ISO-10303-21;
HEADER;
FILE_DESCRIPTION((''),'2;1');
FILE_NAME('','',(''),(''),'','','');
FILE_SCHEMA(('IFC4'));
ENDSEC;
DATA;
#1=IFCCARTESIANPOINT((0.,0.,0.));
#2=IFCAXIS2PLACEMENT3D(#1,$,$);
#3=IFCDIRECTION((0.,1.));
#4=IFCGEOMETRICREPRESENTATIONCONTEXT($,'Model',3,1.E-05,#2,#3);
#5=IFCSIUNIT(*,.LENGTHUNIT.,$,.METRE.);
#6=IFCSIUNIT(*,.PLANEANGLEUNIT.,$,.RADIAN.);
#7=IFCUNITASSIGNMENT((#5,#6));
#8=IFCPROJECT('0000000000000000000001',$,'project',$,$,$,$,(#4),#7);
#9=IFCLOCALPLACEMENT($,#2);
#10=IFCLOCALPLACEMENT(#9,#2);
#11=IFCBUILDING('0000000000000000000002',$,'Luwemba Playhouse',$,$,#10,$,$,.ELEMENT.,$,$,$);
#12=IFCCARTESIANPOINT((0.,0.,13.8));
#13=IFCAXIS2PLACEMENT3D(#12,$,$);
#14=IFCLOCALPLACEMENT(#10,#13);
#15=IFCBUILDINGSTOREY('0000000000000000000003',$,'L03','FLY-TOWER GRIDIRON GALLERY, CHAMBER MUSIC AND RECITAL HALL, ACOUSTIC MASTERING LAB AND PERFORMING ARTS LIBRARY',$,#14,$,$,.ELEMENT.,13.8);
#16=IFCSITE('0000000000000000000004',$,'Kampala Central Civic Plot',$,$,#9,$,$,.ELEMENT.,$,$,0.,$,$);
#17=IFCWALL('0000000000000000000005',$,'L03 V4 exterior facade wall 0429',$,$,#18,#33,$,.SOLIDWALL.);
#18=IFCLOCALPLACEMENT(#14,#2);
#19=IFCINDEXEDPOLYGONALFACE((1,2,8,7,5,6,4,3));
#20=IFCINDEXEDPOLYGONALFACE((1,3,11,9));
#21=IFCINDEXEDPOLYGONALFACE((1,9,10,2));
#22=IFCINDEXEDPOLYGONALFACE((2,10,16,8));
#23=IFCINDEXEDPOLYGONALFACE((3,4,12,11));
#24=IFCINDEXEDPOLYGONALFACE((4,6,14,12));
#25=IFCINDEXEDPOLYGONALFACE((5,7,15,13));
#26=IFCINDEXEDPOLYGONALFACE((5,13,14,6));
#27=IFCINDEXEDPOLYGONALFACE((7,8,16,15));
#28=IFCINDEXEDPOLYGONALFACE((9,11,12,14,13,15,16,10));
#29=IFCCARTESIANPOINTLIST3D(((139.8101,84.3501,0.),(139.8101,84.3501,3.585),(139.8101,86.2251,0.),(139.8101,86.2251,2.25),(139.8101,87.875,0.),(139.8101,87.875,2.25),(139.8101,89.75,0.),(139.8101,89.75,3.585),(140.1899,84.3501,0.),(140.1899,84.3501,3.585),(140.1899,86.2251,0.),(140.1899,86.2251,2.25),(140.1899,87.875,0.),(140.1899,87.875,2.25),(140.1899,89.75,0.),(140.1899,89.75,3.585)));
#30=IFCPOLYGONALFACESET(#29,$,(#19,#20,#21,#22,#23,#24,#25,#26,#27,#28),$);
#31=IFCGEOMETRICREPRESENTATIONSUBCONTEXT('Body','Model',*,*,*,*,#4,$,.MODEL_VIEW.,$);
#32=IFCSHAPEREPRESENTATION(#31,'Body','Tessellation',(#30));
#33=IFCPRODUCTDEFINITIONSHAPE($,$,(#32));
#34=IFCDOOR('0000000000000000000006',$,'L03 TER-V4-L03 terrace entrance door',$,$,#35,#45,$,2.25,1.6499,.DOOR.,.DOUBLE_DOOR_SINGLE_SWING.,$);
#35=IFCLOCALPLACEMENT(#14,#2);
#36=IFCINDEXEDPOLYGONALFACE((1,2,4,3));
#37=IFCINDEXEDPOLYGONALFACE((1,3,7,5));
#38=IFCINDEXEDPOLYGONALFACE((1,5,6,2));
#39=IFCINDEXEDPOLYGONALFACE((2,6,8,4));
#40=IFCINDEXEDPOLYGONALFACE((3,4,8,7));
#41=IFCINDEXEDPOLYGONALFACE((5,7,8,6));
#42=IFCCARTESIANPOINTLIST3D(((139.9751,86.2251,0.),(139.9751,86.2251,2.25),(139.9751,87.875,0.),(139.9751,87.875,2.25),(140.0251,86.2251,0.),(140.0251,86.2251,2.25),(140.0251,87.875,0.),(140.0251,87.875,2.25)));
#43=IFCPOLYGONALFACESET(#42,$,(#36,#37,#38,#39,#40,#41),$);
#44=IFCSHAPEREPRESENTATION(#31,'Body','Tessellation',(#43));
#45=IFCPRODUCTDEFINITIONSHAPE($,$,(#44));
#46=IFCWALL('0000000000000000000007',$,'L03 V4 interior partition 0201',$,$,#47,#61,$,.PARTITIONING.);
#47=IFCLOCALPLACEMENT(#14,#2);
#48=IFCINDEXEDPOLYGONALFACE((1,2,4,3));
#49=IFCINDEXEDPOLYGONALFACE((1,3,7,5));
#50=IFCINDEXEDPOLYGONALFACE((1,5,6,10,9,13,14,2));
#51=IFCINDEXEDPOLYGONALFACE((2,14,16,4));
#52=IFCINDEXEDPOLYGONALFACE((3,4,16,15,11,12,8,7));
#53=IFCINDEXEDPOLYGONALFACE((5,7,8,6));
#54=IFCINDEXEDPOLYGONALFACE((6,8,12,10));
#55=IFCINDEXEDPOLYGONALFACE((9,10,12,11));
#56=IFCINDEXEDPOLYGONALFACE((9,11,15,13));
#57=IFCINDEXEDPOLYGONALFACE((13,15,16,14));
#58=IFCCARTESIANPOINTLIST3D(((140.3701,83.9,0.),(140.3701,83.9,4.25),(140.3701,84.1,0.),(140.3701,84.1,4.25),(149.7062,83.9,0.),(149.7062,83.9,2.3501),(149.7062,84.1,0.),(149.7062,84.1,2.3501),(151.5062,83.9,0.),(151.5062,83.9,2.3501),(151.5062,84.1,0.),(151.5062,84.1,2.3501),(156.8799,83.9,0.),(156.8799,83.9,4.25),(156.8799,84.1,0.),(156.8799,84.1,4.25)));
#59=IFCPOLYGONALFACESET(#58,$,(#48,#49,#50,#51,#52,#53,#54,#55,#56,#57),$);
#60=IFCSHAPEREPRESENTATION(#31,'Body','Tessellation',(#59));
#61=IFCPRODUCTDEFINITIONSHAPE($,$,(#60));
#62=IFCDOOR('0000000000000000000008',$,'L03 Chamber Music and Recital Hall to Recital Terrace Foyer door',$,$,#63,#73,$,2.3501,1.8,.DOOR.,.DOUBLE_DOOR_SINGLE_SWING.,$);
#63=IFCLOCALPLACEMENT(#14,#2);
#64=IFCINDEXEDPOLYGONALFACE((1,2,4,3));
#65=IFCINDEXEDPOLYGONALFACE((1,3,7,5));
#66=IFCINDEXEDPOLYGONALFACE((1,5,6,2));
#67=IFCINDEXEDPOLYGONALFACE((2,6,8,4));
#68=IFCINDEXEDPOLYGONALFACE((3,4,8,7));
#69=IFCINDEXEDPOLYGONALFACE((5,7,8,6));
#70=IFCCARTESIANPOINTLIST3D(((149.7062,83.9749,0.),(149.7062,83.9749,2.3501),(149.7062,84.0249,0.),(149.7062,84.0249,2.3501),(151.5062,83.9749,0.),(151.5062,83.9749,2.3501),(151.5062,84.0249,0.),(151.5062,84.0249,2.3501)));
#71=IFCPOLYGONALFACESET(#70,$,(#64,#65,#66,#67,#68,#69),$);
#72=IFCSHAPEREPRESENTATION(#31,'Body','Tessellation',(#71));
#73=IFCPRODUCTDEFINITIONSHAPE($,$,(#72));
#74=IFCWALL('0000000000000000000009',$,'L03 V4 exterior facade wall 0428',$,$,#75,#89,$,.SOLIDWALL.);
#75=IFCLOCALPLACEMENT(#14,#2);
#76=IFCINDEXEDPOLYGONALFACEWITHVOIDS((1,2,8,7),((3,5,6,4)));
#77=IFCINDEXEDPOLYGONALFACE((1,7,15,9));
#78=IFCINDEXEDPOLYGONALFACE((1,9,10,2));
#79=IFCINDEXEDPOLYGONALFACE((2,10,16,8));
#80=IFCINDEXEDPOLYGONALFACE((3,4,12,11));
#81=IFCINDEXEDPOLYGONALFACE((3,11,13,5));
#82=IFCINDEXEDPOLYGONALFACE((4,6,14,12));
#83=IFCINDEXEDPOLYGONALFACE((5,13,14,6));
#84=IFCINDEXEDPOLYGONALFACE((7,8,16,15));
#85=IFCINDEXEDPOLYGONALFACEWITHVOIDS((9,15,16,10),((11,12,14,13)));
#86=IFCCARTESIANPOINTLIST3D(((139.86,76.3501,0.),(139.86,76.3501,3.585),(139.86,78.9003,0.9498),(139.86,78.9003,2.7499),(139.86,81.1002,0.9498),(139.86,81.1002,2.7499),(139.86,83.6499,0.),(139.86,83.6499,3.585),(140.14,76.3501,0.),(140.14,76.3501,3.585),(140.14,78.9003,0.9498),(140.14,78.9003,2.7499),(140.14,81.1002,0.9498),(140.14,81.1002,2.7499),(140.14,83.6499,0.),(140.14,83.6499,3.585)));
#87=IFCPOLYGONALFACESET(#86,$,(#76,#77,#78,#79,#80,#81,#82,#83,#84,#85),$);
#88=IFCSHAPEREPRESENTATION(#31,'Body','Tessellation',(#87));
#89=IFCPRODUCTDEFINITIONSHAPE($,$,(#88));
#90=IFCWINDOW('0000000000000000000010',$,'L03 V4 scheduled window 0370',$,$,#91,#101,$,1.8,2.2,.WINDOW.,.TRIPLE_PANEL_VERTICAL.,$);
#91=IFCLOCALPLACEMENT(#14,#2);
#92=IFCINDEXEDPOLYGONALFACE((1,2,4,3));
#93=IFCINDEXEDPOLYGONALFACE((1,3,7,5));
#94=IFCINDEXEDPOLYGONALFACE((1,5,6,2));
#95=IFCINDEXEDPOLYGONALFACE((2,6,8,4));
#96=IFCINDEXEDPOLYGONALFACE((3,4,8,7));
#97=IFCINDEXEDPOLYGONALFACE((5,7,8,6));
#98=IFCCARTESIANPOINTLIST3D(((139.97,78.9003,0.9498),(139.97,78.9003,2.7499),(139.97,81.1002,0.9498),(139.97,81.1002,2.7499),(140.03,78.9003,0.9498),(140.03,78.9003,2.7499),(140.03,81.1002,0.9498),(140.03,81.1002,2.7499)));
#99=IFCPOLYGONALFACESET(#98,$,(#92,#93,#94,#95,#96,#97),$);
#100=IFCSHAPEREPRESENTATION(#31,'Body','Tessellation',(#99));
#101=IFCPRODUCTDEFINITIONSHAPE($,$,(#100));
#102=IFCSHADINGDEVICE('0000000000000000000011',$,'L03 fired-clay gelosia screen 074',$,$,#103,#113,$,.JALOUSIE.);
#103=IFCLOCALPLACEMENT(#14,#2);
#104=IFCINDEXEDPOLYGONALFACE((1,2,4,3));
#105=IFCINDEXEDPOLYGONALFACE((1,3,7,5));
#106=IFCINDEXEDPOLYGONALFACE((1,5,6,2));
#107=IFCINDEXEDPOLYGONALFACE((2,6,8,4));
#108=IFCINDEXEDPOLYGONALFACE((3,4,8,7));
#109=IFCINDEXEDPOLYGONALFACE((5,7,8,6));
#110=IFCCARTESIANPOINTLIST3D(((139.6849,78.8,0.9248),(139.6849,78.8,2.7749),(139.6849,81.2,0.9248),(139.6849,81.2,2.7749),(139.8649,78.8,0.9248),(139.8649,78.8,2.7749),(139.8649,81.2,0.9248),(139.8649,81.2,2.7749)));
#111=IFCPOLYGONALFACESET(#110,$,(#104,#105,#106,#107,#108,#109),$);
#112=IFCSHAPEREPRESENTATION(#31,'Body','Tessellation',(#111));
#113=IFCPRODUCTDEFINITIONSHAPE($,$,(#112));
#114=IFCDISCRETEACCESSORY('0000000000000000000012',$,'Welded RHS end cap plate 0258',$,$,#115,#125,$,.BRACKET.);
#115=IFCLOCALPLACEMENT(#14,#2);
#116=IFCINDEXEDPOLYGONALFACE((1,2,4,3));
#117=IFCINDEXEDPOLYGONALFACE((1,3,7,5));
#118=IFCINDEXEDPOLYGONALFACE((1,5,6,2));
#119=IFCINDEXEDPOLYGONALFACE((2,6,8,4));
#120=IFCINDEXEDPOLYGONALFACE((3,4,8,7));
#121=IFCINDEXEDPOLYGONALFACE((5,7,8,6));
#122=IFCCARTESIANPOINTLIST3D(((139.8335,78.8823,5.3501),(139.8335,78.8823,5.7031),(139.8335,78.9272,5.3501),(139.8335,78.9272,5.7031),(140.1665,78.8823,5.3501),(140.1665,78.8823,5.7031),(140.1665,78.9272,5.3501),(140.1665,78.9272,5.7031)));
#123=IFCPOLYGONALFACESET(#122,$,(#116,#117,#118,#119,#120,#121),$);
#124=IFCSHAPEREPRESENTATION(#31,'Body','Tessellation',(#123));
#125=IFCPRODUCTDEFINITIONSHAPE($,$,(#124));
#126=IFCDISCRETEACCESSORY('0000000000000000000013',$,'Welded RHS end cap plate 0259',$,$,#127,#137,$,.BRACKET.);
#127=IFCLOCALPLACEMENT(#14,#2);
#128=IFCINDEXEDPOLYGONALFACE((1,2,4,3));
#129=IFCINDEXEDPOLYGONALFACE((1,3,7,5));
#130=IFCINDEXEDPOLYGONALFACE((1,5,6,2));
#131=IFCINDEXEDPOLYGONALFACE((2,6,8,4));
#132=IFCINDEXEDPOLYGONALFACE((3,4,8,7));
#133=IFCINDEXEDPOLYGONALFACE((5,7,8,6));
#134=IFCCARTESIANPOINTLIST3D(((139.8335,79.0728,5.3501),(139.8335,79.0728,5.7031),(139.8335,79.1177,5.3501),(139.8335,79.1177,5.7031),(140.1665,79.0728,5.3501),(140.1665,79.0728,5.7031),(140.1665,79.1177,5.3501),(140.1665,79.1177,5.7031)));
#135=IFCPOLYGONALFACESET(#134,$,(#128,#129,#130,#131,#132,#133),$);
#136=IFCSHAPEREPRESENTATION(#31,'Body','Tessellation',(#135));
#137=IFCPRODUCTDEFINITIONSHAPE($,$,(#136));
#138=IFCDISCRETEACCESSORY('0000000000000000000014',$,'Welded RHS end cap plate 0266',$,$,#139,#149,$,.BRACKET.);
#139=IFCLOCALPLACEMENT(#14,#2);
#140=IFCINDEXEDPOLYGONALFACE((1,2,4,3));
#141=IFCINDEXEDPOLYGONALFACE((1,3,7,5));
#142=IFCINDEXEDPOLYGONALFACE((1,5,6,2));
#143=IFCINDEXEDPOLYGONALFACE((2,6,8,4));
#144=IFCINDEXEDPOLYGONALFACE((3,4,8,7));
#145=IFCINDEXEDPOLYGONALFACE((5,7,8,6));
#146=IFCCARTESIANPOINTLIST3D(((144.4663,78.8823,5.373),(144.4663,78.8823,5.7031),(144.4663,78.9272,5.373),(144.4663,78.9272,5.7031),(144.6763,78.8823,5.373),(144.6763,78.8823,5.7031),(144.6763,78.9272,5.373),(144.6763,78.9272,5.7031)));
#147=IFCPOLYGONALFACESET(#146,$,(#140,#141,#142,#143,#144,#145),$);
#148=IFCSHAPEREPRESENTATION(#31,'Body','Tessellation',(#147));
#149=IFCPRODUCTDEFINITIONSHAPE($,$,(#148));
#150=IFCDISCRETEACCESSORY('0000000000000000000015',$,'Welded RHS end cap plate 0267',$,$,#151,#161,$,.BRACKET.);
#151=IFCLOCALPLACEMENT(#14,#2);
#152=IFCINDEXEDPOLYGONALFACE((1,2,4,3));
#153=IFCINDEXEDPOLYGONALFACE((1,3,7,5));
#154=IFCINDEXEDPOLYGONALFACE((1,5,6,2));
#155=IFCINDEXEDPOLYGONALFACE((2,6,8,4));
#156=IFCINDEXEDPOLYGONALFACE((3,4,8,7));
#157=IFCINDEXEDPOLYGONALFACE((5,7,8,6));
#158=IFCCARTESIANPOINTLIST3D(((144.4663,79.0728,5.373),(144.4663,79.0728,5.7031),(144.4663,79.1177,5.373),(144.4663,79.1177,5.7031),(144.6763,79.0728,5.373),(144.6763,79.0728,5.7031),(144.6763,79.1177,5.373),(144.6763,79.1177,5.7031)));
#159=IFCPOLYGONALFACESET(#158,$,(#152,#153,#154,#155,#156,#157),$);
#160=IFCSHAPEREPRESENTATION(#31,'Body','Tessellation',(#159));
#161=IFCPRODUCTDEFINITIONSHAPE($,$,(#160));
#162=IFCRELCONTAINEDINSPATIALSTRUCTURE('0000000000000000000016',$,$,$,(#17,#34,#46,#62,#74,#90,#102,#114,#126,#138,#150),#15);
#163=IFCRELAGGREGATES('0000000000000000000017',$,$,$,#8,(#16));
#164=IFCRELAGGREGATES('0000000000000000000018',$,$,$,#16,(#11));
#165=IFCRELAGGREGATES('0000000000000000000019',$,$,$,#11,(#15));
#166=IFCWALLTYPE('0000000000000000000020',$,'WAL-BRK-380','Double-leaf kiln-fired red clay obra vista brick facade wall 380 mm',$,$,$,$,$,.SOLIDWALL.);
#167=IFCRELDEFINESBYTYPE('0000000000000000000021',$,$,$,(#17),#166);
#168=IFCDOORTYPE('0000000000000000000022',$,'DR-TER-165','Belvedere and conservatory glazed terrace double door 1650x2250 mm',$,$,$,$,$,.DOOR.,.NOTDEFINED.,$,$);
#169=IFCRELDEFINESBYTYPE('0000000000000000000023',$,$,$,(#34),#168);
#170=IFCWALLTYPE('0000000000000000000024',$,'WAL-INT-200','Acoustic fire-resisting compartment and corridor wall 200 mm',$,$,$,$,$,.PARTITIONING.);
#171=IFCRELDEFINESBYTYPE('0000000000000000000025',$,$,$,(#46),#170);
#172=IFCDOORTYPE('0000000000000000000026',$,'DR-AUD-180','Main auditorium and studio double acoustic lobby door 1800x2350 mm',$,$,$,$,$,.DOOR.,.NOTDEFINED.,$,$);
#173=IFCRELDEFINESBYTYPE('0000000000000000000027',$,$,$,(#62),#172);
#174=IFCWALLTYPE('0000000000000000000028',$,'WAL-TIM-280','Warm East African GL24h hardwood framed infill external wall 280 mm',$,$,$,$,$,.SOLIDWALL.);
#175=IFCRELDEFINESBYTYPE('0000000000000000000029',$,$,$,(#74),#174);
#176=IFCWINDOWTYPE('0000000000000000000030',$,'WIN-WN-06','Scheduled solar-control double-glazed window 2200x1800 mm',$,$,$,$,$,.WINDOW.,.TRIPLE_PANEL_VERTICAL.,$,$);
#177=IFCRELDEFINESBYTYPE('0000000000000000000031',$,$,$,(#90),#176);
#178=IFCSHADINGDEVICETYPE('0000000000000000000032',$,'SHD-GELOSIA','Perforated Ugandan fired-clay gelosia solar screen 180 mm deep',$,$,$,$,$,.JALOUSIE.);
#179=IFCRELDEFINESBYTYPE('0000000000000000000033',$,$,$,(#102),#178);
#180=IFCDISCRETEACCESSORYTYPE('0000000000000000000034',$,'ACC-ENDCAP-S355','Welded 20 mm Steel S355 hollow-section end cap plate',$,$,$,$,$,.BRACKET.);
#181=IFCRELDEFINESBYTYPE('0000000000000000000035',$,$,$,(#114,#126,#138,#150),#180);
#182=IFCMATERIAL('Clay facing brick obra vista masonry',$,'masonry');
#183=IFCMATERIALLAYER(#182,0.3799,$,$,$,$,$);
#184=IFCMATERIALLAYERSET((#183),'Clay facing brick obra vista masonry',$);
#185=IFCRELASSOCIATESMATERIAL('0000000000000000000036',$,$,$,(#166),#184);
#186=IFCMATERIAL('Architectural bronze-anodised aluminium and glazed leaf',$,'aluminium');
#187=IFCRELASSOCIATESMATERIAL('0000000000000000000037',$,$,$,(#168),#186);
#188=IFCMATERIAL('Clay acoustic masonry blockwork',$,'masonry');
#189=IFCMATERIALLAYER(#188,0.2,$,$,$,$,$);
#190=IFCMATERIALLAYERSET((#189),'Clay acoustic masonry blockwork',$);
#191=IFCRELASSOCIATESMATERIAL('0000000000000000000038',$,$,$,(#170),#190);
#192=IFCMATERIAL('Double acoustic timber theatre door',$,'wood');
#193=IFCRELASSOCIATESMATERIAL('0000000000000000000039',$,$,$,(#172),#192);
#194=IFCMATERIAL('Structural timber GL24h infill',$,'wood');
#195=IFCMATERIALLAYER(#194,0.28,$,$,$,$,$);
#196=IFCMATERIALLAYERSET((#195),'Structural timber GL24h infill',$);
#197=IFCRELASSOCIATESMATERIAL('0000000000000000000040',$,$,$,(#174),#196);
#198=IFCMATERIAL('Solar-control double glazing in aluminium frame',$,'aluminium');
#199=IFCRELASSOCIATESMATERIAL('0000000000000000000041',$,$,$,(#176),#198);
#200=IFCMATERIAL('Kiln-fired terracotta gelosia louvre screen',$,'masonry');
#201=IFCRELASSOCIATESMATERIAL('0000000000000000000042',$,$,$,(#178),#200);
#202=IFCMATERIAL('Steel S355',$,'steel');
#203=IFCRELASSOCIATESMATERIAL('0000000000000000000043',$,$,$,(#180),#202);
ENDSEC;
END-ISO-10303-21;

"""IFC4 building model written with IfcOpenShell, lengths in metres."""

from ifc_helpers import new_model, si_unit, direction, frame, frame_2d, origin, origin_2d, place, context, subcontext, project, spatial, rectangle, extrude, material, layer, layer_set, type_object, element, fill, save


model = new_model("IFC4")

# Units and contexts
model_context = context("Model", 3, precision=1e-05, world=origin(), true_north=direction((0.0, 1.0)))
body_context = subcontext(model_context, "Body", "Model", "MODEL_VIEW")
ifc_project = project(units=[si_unit("LENGTHUNIT", "METRE"), si_unit("PLANEANGLEUNIT", "RADIAN")], contexts=[model_context])

# Site, building, storey
site_placement = place(None, origin())
site = spatial("IfcSite", under=ifc_project, at=site_placement, Name="Kampala Central Civic Plot", CompositionType="ELEMENT", RefElevation=0.0)
building_placement = place(site_placement, origin())
building = spatial("IfcBuilding", under=site, at=building_placement, Name="Luwemba Playhouse", CompositionType="ELEMENT")
storey_placement = place(building_placement, frame((0.0, 0.0, 13.8)))
storey = spatial("IfcBuildingStorey", under=building, at=storey_placement, Name="L03", Description="FLY-TOWER GRIDIRON GALLERY, CHAMBER MUSIC AND RECITAL HALL, ACOUSTIC MASTERING LAB AND PERFORMING ARTS LIBRARY", CompositionType="ELEMENT", Elevation=13.8)

# Shared definitions
ifc_material_1 = material(Name="Steel S355", Category="steel")

# Walls, openings, doors
ifc_material_2 = material(Name="Clay facing brick obra vista masonry", Category="masonry")
ifc_layer_1 = layer(ifc_material_2, 0.3799)
ifc_layer_set_1 = layer_set([ifc_layer_1], Name="Clay facing brick obra vista masonry")
wall_type_1 = type_object("IfcWallType", Name="WAL-BRK-380", Description="Double-leaf kiln-fired red clay obra vista brick facade wall 380 mm", PredefinedType="SOLIDWALL", material=ifc_layer_set_1)
wall_1_placement = place(storey_placement, frame((140.0, 84.3501, 0.0), z_axis=(0.0, 0.0, 1.0), x_axis=(0.0, 1.0, 0.0)))
wall_1 = element("IfcWall", 1, at=wall_1_placement, inside=storey, type_object=wall_type_1, Name="L03 V4 exterior facade wall 0429", PredefinedType="SOLIDWALL", context=body_context, shape_type="SweptSolid", body=[
    extrude(rectangle(XDim=5.3999, YDim=0.3799, at=frame_2d((2.7, 0.0))), origin(), (0.0, 0.0, 1.0), 3.585),
])
opening_1_placement = place(wall_1_placement, frame((1.875, 0.0, 0.0)))
opening_1 = element("IfcOpeningElement", 2, at=opening_1_placement, cuts=wall_1, PredefinedType="OPENING", context=body_context, shape_type="SweptSolid", body=[
    extrude(rectangle(XDim=1.6499, YDim=2.25, at=frame_2d((0.825, 1.125))), frame((0.0, 0.2, 0.0), z_axis=(0.0, -1.0, 0.0), x_axis=(1.0, 0.0, 0.0)), (0.0, 0.0, 1.0), 0.3999),
])
ifc_material_3 = material(Name="Architectural bronze-anodised aluminium and glazed leaf", Category="aluminium")
door_type_1 = type_object("IfcDoorType", Name="DR-TER-165", Description="Belvedere and conservatory glazed terrace double door 1650x2250 mm", OperationType="NOTDEFINED", PredefinedType="DOOR", material=ifc_material_3)
door_1_placement = place(opening_1_placement, origin())
door_1 = element("IfcDoor", 3, at=door_1_placement, inside=storey, type_object=door_type_1, Name="L03 TER-V4-L03 terrace entrance door", OperationType="DOUBLE_DOOR_SINGLE_SWING", OverallHeight=2.25, OverallWidth=1.6499, PredefinedType="DOOR", context=body_context, shape_type="SweptSolid", body=[
    extrude(rectangle(XDim=1.6499, YDim=2.25, at=frame_2d((0.825, 1.125))), frame((0.0, 0.0249, 0.0), z_axis=(0.0, -1.0, 0.0), x_axis=(1.0, 0.0, 0.0)), (0.0, 0.0, 1.0), 0.05),
])
fill(opening_1, door_1)
ifc_material_4 = material(Name="Clay acoustic masonry blockwork", Category="masonry")
ifc_layer_2 = layer(ifc_material_4, 0.2)
ifc_layer_set_2 = layer_set([ifc_layer_2], Name="Clay acoustic masonry blockwork")
wall_type_2 = type_object("IfcWallType", Name="WAL-INT-200", Description="Acoustic fire-resisting compartment and corridor wall 200 mm", PredefinedType="PARTITIONING", material=ifc_layer_set_2)
wall_2_placement = place(storey_placement, frame((140.3701, 84.0, 0.0), z_axis=(0.0, 0.0, 1.0), x_axis=(1.0, 0.0, 0.0)))
wall_2 = element("IfcWall", 4, at=wall_2_placement, inside=storey, type_object=wall_type_2, Name="L03 V4 interior partition 0201", PredefinedType="PARTITIONING", context=body_context, shape_type="SweptSolid", body=[
    extrude(rectangle(XDim=16.5098, YDim=0.2, at=frame_2d((8.2549, 0.0))), origin(), (0.0, 0.0, 1.0), 4.25),
])
opening_2_placement = place(wall_2_placement, frame((9.3362, 0.0, 0.0)))
opening_2 = element("IfcOpeningElement", 5, at=opening_2_placement, cuts=wall_2, PredefinedType="OPENING", context=body_context, shape_type="SweptSolid", body=[
    extrude(rectangle(XDim=1.8, YDim=2.3501, at=frame_2d((0.8999, 1.175))), frame((0.0, 0.1099, 0.0), z_axis=(0.0, -1.0, 0.0), x_axis=(1.0, 0.0, 0.0)), (0.0, 0.0, 1.0), 0.22),
])
ifc_material_5 = material(Name="Double acoustic timber theatre door", Category="wood")
door_type_2 = type_object("IfcDoorType", Name="DR-AUD-180", Description="Main auditorium and studio double acoustic lobby door 1800x2350 mm", OperationType="NOTDEFINED", PredefinedType="DOOR", material=ifc_material_5)
door_2_placement = place(opening_2_placement, origin())
door_2 = element("IfcDoor", 6, at=door_2_placement, inside=storey, type_object=door_type_2, Name="L03 Chamber Music and Recital Hall to Recital Terrace Foyer door", OperationType="DOUBLE_DOOR_SINGLE_SWING", OverallHeight=2.3501, OverallWidth=1.8, PredefinedType="DOOR", context=body_context, shape_type="SweptSolid", body=[
    extrude(rectangle(XDim=1.8, YDim=2.3501, at=frame_2d((0.8999, 1.175))), frame((0.0, 0.0249, 0.0), z_axis=(0.0, -1.0, 0.0), x_axis=(1.0, 0.0, 0.0)), (0.0, 0.0, 1.0), 0.05),
])
fill(opening_2, door_2)

# Wall, opening, window
ifc_material_6 = material(Name="Structural timber GL24h infill", Category="wood")
ifc_layer_3 = layer(ifc_material_6, 0.28)
ifc_layer_set_3 = layer_set([ifc_layer_3], Name="Structural timber GL24h infill")
wall_type_3 = type_object("IfcWallType", Name="WAL-TIM-280", Description="Warm East African GL24h hardwood framed infill external wall 280 mm", PredefinedType="SOLIDWALL", material=ifc_layer_set_3)
wall_3_placement = place(storey_placement, frame((140.0, 76.3501, 0.0), z_axis=(0.0, 0.0, 1.0), x_axis=(0.0, 1.0, 0.0)))
wall_3 = element("IfcWall", 7, at=wall_3_placement, inside=storey, type_object=wall_type_3, Name="L03 V4 exterior facade wall 0428", PredefinedType="SOLIDWALL", context=body_context, shape_type="SweptSolid", body=[
    extrude(rectangle(XDim=7.2998, YDim=0.28, at=frame_2d((3.6499, 0.0))), origin(), (0.0, 0.0, 1.0), 3.585),
])
opening_3_placement = place(wall_3_placement, frame((2.55, 0.0, 0.95)))
opening_3 = element("IfcOpeningElement", 8, at=opening_3_placement, cuts=wall_3, PredefinedType="OPENING", context=body_context, shape_type="SweptSolid", body=[
    extrude(rectangle(XDim=2.2, YDim=1.8, at=frame_2d((1.1001, 0.8999))), frame((0.0, 0.1499, 0.0), z_axis=(0.0, -1.0, 0.0), x_axis=(1.0, 0.0, 0.0)), (0.0, 0.0, 1.0), 0.3),
])
ifc_material_7 = material(Name="Solar-control double glazing in aluminium frame", Category="aluminium")
window_type = type_object("IfcWindowType", Name="WIN-WN-06", Description="Scheduled solar-control double-glazed window 2200x1800 mm", PartitioningType="TRIPLE_PANEL_VERTICAL", PredefinedType="WINDOW", material=ifc_material_7)
window_placement = place(opening_3_placement, origin())
window = element("IfcWindow", 9, at=window_placement, inside=storey, type_object=window_type, Name="L03 V4 scheduled window 0370", OverallHeight=1.8, OverallWidth=2.2, PartitioningType="TRIPLE_PANEL_VERTICAL", PredefinedType="WINDOW", context=body_context, shape_type="SweptSolid", body=[
    extrude(rectangle(XDim=2.2, YDim=1.8, at=frame_2d((1.1001, 0.8999))), frame((0.0, 0.03, 0.0), z_axis=(0.0, -1.0, 0.0), x_axis=(1.0, 0.0, 0.0)), (0.0, 0.0, 1.0), 0.0601),
])
fill(opening_3, window)

# Shading device
ifc_material_8 = material(Name="Kiln-fired terracotta gelosia louvre screen", Category="masonry")
shading_device_type = type_object("IfcShadingDeviceType", Name="SHD-GELOSIA", Description="Perforated Ugandan fired-clay gelosia solar screen 180 mm deep", PredefinedType="JALOUSIE", material=ifc_material_8)
shading_device_placement = place(storey_placement, frame((139.7749, 80.0, 0.9248), z_axis=(0.0, 0.0, 1.0), x_axis=(0.0, 1.0, 0.0)))
element("IfcShadingDevice", 10, at=shading_device_placement, inside=storey, type_object=shading_device_type, Name="L03 fired-clay gelosia screen 074", PredefinedType="JALOUSIE", context=body_context, shape_type="SweptSolid", body=[
    extrude(rectangle(XDim=2.3999, YDim=0.1799, at=origin_2d()), origin(), (0.0, 0.0, 1.0), 1.8501),
])

# Discrete accessories
discrete_accessory_type = type_object("IfcDiscreteAccessoryType", Name="ACC-ENDCAP-S355", Description="Welded 20 mm Steel S355 hollow-section end cap plate", PredefinedType="BRACKET", material=ifc_material_1)
for number, where, z_axis, x_axis, name in (
    (11, (140.0, 78.9048, 5.3501), (0.0, 0.0, 1.0), (1.0, 0.0, 0.0), "Welded RHS end cap plate 0258"),
    (12, (140.0, 79.0952, 5.3501), (0.0, 0.0, 1.0), (1.0, 0.0, 0.0), "Welded RHS end cap plate 0259"),
):
    element("IfcDiscreteAccessory", number, at=place(storey_placement, frame(where, z_axis=z_axis, x_axis=x_axis)), inside=storey, type_object=discrete_accessory_type, Name=name, PredefinedType="BRACKET", context=body_context, shape_type="SweptSolid", body=[
        extrude(rectangle(XDim=0.333, YDim=0.0449, at=origin_2d()), origin(), (0.0, 0.0, 1.0), 0.353),
    ])
for number, where, z_axis, x_axis, name in (
    (13, (144.5713, 78.9048, 5.373), (0.0, 0.0, 1.0), (1.0, 0.0, 0.0), "Welded RHS end cap plate 0266"),
    (14, (144.5713, 79.0952, 5.373), (0.0, 0.0, 1.0), (1.0, 0.0, 0.0), "Welded RHS end cap plate 0267"),
):
    element("IfcDiscreteAccessory", number, at=place(storey_placement, frame(where, z_axis=z_axis, x_axis=x_axis)), inside=storey, type_object=discrete_accessory_type, Name=name, PredefinedType="BRACKET", context=body_context, shape_type="SweptSolid", body=[
        extrude(rectangle(XDim=0.21, YDim=0.0449, at=origin_2d()), origin(), (0.0, 0.0, 1.0), 0.3301),
    ])

save(model, "model.ifc")
